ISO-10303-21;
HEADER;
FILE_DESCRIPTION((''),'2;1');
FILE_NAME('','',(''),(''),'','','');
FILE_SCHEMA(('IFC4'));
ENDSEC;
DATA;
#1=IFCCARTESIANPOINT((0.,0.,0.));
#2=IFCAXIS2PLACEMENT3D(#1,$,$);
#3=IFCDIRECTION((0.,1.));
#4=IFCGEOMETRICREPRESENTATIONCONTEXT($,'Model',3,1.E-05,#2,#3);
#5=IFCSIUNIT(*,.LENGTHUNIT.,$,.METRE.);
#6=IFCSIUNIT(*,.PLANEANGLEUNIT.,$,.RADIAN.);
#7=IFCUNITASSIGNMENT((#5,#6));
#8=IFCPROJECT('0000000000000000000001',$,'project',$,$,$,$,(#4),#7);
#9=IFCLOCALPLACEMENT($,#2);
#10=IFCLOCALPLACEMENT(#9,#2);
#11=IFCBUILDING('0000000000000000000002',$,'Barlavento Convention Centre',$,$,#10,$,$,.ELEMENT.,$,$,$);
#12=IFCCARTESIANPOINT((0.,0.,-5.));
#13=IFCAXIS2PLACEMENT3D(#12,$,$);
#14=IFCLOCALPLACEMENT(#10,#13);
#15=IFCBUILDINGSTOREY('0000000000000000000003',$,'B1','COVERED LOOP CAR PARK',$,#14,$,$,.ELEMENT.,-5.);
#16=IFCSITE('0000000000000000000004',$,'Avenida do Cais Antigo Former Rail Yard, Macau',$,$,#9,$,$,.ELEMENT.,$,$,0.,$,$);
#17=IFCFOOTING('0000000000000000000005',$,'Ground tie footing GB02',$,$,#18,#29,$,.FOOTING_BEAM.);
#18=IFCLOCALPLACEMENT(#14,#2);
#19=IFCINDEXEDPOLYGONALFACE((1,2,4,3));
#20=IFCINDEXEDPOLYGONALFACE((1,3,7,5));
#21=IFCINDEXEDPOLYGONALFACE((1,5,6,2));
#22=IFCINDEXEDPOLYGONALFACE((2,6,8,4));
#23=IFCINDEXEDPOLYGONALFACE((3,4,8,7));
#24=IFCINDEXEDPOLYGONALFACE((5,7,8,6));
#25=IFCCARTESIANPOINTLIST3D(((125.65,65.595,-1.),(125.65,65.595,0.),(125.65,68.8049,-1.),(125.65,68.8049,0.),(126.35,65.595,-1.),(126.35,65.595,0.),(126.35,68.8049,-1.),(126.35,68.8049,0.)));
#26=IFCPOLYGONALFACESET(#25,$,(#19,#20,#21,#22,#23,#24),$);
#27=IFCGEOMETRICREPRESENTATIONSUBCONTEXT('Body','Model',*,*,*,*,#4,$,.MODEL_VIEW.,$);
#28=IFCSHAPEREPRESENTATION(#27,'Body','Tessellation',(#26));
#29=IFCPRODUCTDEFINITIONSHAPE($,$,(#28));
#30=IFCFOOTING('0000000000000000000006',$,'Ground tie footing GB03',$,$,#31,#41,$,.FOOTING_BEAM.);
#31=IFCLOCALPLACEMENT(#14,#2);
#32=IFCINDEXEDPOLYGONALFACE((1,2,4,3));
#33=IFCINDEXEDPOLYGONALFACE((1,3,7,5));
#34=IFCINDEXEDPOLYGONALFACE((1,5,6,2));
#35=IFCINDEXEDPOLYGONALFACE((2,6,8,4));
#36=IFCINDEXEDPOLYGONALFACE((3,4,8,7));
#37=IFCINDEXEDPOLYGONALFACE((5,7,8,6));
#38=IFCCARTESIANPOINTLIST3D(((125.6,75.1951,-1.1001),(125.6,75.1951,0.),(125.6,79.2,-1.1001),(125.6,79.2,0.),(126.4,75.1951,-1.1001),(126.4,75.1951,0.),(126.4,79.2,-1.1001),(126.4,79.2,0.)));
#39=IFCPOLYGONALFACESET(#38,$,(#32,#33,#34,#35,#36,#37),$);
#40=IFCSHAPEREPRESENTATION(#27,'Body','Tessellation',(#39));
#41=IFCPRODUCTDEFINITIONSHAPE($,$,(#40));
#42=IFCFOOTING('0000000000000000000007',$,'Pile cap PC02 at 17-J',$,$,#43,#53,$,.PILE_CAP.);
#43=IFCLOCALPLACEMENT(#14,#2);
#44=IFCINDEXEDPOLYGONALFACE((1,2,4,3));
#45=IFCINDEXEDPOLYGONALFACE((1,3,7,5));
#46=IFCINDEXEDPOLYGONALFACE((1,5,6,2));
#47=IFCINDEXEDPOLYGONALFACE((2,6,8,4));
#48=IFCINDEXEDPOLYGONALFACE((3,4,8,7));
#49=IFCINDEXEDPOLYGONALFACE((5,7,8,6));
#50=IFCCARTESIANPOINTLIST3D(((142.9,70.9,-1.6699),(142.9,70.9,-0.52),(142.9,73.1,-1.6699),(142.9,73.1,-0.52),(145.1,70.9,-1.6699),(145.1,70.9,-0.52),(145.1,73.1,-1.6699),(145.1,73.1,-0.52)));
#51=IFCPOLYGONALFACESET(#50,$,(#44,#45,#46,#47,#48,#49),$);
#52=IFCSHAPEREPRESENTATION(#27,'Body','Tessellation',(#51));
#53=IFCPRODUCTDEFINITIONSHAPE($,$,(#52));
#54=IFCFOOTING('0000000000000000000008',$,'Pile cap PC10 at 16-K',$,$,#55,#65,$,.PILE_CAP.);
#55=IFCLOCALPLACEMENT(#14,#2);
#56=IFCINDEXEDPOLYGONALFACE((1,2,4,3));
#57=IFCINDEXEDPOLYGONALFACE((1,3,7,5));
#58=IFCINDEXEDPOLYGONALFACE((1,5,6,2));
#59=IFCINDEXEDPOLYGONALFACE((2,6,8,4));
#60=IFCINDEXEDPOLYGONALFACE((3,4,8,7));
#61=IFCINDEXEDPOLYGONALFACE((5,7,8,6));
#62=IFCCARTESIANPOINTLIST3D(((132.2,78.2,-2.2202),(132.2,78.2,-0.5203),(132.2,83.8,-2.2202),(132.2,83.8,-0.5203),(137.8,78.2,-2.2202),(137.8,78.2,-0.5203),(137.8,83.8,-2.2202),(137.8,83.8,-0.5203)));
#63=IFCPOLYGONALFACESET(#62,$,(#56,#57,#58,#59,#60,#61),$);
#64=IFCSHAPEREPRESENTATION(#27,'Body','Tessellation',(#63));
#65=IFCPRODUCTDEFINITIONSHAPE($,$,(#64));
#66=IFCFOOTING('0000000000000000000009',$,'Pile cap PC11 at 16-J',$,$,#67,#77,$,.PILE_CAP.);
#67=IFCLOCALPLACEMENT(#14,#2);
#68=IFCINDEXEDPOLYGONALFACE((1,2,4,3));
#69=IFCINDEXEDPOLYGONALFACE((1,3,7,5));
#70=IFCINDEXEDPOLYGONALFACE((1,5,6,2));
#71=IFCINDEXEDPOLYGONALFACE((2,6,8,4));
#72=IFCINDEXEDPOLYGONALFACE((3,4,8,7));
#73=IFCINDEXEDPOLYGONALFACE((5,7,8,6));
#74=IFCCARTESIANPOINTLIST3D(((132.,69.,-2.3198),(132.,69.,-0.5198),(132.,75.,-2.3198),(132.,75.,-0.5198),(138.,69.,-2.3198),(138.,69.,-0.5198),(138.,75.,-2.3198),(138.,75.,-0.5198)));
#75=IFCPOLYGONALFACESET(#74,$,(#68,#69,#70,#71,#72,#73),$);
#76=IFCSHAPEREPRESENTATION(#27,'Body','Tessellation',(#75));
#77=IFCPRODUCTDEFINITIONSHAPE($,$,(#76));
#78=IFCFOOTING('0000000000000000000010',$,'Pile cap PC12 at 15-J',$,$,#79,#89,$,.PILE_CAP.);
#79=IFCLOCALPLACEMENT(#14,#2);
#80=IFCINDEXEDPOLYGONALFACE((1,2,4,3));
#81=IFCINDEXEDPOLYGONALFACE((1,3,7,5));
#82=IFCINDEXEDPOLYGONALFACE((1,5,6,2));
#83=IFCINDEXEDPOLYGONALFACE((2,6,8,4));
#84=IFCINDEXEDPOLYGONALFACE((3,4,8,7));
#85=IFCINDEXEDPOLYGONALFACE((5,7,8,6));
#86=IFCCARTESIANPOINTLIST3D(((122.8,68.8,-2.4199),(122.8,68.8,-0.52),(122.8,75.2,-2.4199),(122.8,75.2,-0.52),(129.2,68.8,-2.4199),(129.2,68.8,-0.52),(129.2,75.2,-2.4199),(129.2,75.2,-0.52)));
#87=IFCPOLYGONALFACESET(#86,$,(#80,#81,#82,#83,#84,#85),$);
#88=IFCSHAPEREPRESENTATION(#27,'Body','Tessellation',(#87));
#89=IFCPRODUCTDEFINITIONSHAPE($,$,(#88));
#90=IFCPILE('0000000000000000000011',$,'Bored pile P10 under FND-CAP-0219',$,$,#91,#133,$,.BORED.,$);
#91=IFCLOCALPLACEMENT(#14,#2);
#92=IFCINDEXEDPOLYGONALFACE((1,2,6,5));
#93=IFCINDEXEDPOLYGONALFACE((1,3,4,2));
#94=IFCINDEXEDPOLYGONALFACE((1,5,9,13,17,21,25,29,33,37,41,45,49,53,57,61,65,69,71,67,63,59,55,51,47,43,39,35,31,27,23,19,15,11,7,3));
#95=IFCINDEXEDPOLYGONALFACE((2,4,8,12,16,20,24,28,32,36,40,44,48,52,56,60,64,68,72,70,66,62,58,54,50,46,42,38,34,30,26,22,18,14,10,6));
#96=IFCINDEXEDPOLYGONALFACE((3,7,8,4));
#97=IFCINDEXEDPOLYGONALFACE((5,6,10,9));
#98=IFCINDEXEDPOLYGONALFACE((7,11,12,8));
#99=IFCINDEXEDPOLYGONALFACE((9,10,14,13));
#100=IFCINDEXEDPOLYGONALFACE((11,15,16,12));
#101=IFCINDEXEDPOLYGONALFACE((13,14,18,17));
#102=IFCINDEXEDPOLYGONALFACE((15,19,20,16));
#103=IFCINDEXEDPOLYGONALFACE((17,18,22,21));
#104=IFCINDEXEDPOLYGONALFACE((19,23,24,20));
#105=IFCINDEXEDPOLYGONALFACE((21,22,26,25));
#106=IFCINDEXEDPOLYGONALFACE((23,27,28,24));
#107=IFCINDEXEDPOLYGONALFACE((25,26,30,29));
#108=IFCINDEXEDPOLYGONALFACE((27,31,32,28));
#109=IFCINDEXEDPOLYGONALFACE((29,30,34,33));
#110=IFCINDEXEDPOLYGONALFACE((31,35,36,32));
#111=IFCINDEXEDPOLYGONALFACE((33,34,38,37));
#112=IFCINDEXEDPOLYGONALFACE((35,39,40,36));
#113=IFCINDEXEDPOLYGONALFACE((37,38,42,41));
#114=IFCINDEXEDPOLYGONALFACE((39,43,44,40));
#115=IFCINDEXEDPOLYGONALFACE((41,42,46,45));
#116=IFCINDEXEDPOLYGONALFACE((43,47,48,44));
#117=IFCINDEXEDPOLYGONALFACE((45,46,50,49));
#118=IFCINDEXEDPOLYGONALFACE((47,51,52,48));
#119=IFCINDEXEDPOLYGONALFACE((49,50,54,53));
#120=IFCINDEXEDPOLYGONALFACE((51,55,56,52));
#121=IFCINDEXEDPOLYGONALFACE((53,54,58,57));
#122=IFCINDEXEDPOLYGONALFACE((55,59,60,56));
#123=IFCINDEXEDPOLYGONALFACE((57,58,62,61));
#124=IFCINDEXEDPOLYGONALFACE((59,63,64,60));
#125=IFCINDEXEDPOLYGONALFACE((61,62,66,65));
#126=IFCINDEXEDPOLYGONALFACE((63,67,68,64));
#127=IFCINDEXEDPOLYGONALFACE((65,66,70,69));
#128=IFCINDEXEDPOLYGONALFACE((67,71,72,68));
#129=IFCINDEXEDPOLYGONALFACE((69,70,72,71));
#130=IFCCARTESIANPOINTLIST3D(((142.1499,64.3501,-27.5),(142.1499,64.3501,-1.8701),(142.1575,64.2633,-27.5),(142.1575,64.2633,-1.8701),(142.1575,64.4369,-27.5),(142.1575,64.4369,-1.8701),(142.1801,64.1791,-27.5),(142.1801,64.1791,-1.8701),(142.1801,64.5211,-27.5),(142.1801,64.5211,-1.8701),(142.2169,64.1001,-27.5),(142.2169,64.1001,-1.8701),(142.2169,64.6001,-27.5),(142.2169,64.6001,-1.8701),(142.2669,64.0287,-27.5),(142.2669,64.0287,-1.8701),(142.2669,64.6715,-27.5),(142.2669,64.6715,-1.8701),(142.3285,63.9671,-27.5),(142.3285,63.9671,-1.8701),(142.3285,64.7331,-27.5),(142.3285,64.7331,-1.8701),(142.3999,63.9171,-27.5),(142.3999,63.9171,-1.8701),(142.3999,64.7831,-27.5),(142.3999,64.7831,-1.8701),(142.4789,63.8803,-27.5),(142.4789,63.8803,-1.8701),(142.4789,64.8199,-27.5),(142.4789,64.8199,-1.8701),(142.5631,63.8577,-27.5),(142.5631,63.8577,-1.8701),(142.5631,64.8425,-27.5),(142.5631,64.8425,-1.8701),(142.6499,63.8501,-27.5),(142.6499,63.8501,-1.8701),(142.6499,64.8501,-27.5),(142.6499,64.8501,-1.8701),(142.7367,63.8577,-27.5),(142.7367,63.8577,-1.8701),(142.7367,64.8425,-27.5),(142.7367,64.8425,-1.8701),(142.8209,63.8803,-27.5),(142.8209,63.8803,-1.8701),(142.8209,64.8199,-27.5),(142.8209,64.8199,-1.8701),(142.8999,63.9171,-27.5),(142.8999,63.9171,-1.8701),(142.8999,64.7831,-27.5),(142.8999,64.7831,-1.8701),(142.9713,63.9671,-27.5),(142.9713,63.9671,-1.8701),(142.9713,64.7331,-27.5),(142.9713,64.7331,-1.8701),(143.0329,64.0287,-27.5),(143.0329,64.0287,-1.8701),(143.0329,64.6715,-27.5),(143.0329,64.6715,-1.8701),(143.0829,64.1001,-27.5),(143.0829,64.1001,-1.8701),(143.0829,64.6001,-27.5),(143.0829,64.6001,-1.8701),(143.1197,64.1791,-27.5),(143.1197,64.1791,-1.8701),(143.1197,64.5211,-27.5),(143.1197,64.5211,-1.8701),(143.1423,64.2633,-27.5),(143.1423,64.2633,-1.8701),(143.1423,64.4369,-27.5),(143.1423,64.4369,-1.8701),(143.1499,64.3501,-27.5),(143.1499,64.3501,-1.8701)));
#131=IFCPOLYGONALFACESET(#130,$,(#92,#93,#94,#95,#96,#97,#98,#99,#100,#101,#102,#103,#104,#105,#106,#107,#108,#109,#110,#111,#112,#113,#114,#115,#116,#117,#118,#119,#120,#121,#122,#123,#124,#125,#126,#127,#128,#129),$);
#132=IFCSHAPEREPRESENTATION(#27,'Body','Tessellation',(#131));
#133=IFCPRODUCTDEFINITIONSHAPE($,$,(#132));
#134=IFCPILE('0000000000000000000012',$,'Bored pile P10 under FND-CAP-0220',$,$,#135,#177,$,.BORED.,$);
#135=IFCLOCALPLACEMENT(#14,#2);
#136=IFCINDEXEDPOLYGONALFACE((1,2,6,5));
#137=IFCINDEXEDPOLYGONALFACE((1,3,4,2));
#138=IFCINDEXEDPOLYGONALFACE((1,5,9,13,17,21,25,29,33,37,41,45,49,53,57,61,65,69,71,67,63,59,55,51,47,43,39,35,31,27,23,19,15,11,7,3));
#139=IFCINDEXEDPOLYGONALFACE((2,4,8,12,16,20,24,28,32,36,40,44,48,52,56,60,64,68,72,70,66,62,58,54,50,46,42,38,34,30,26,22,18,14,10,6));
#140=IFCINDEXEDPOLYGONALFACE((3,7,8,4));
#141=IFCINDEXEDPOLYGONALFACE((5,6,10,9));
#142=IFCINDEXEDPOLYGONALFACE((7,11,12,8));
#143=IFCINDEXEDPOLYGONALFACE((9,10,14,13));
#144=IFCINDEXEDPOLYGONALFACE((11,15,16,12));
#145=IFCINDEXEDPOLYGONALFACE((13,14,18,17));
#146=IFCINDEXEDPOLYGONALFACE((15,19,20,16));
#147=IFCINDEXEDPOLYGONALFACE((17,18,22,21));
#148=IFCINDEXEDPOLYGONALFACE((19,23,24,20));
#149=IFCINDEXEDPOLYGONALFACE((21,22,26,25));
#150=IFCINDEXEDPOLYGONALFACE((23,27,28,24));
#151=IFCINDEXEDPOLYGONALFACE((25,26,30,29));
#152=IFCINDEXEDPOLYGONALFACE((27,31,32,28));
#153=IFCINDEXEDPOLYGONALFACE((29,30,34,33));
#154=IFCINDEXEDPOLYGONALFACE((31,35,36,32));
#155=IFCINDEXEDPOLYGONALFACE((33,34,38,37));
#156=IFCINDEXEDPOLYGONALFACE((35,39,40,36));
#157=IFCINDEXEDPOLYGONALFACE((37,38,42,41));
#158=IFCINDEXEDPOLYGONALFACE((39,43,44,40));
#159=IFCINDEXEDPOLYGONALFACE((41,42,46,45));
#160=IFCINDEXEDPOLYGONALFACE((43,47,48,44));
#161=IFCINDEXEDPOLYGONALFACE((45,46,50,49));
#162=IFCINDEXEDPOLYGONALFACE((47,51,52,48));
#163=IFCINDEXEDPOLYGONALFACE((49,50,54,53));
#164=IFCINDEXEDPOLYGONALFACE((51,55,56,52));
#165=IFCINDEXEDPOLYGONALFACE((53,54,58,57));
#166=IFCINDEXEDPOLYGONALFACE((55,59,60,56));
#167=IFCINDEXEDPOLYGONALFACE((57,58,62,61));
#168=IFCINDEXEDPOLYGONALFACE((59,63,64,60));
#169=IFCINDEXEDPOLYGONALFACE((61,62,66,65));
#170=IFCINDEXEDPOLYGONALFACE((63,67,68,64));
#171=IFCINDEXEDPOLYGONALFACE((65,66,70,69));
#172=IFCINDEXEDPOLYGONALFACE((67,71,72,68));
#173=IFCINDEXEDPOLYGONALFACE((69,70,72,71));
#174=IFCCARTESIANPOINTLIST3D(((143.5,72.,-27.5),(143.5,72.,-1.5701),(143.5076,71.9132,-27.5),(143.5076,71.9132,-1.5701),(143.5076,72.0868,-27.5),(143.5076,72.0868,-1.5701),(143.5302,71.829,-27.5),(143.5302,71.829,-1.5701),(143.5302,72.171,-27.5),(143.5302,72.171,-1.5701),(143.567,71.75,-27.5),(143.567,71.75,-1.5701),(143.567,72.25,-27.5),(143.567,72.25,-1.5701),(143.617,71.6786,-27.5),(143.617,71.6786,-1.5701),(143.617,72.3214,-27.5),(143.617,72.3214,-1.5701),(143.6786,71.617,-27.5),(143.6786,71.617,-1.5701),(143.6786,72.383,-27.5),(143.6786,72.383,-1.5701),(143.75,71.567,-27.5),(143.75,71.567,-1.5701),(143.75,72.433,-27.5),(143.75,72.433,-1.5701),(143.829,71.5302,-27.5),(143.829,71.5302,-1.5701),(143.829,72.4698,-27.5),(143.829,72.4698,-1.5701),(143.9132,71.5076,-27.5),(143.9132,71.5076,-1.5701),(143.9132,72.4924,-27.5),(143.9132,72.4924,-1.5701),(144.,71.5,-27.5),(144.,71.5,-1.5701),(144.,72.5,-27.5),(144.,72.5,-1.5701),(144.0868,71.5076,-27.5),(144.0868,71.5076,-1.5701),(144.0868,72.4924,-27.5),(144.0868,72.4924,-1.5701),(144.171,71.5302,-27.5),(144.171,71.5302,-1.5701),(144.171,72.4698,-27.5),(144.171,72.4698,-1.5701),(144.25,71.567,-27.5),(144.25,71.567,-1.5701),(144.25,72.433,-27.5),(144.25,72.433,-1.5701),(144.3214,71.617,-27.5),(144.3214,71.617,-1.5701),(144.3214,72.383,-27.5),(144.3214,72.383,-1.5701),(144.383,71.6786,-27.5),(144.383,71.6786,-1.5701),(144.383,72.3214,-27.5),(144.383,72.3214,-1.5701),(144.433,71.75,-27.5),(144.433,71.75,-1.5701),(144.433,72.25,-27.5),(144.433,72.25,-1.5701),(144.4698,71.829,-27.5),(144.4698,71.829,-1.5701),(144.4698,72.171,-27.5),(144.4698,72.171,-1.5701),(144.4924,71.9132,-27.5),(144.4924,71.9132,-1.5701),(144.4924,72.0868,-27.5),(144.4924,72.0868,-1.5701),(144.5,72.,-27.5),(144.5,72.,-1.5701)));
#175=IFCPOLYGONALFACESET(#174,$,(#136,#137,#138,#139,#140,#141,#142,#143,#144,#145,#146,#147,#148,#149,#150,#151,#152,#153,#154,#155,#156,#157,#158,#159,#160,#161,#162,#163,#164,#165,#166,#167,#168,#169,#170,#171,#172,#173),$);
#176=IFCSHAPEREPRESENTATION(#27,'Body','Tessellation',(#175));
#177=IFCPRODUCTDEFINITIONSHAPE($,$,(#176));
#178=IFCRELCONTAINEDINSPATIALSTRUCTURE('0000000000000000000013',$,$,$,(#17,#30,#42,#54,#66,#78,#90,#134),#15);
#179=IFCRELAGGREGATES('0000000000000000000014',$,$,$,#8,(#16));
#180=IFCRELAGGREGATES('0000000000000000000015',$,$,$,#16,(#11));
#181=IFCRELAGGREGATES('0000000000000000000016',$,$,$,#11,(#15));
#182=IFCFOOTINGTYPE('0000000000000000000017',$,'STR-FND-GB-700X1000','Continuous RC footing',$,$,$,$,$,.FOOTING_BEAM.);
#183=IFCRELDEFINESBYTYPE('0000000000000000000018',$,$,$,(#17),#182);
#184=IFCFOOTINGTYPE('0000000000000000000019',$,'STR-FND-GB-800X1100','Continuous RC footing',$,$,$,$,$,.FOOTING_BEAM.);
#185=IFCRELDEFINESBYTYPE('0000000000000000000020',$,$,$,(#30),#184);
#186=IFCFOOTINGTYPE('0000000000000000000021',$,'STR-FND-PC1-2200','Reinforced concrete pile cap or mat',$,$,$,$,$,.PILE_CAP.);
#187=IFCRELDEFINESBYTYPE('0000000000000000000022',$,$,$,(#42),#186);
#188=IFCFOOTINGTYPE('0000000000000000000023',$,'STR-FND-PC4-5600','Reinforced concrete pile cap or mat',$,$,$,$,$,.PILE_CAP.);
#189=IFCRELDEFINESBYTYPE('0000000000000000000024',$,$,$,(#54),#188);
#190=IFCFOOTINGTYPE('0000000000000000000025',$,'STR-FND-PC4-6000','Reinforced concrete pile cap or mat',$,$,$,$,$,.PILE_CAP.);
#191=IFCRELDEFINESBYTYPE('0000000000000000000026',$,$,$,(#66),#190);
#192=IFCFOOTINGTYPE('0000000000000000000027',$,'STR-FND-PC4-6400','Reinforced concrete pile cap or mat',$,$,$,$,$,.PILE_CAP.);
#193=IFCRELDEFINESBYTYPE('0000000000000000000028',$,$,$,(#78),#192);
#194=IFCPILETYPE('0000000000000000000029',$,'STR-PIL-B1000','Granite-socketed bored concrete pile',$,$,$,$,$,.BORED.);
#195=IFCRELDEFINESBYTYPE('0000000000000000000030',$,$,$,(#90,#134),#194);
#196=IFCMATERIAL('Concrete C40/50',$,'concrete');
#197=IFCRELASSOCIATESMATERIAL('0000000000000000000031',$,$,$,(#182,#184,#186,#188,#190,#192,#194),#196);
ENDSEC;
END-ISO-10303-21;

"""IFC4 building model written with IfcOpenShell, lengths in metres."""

from ifc_helpers import new_model, si_unit, direction, frame, origin, origin_2d, place, context, subcontext, project, spatial, rectangle, circle, extrude, material, material_profile, profile_set, type_object, element, save


model = new_model("IFC4")

# Units and contexts
model_context = context("Model", 3, precision=1e-05, world=origin(), true_north=direction((0.0, 1.0)))
body_context = subcontext(model_context, "Body", "Model", "MODEL_VIEW")
ifc_project = project(units=[si_unit("LENGTHUNIT", "METRE"), si_unit("PLANEANGLEUNIT", "RADIAN")], contexts=[model_context])

# Site, building, storey
site_placement = place(None, origin())
site = spatial("IfcSite", under=ifc_project, at=site_placement, Name="Avenida do Cais Antigo Former Rail Yard, Macau", CompositionType="ELEMENT", RefElevation=0.0)
building_placement = place(site_placement, origin())
building = spatial("IfcBuilding", under=site, at=building_placement, Name="Barlavento Convention Centre", CompositionType="ELEMENT")
storey_placement = place(building_placement, frame((0.0, 0.0, -5.0)))
storey = spatial("IfcBuildingStorey", under=building, at=storey_placement, Name="B1", Description="COVERED LOOP CAR PARK", CompositionType="ELEMENT", Elevation=-5.0)

# Footings
ifc_material_1 = material(Name="Concrete C40/50", Category="concrete")
footing_type_1 = type_object("IfcFootingType", Name="STR-FND-GB-700X1000", Description="Continuous RC footing", PredefinedType="FOOTING_BEAM", material=ifc_material_1)
footing_1_placement = place(storey_placement, frame((126.0, 67.2, -1.0), z_axis=(0.0, 0.0, 1.0), x_axis=(1.0, 0.0, 0.0)))
element("IfcFooting", 1, at=footing_1_placement, inside=storey, type_object=footing_type_1, Name="Ground tie footing GB02", PredefinedType="FOOTING_BEAM", context=body_context, shape_type="SweptSolid", body=[
    extrude(rectangle(XDim=0.7, YDim=3.21, at=origin_2d()), origin(), (0.0, 0.0, 1.0), 1.0),
])
footing_type_2 = type_object("IfcFootingType", Name="STR-FND-GB-800X1100", Description="Continuous RC footing", PredefinedType="FOOTING_BEAM", material=ifc_material_1)
footing_2_placement = place(storey_placement, frame((126.0, 77.1975, -1.1001), z_axis=(0.0, 0.0, 1.0), x_axis=(1.0, 0.0, 0.0)))
element("IfcFooting", 2, at=footing_2_placement, inside=storey, type_object=footing_type_2, Name="Ground tie footing GB03", PredefinedType="FOOTING_BEAM", context=body_context, shape_type="SweptSolid", body=[
    extrude(rectangle(XDim=0.8, YDim=4.0049, at=origin_2d()), origin(), (0.0, 0.0, 1.0), 1.1001),
])
footing_type_3 = type_object("IfcFootingType", Name="STR-FND-PC1-2200", Description="Reinforced concrete pile cap or mat", PredefinedType="PILE_CAP", material=ifc_material_1)
footing_3_placement = place(storey_placement, frame((144.0, 72.0, -1.6699), z_axis=(0.0, 0.0, 1.0), x_axis=(1.0, 0.0, 0.0)))
element("IfcFooting", 3, at=footing_3_placement, inside=storey, type_object=footing_type_3, Name="Pile cap PC02 at 17-J", PredefinedType="PILE_CAP", context=body_context, shape_type="SweptSolid", body=[
    extrude(rectangle(XDim=2.2, YDim=2.2, at=origin_2d()), origin(), (0.0, 0.0, 1.0), 1.1499),
])
footing_type_4 = type_object("IfcFootingType", Name="STR-FND-PC4-5600", Description="Reinforced concrete pile cap or mat", PredefinedType="PILE_CAP", material=ifc_material_1)
footing_4_placement = place(storey_placement, frame((135.0, 81.0, -2.2202), z_axis=(0.0, 0.0, 1.0), x_axis=(1.0, 0.0, 0.0)))
element("IfcFooting", 4, at=footing_4_placement, inside=storey, type_object=footing_type_4, Name="Pile cap PC10 at 16-K", PredefinedType="PILE_CAP", context=body_context, shape_type="SweptSolid", body=[
    extrude(rectangle(XDim=5.6001, YDim=5.6001, at=origin_2d()), origin(), (0.0, 0.0, 1.0), 1.7),
])
footing_type_5 = type_object("IfcFootingType", Name="STR-FND-PC4-6000", Description="Reinforced concrete pile cap or mat", PredefinedType="PILE_CAP", material=ifc_material_1)
footing_5_placement = place(storey_placement, frame((135.0, 72.0, -2.3198), z_axis=(0.0, 0.0, 1.0), x_axis=(1.0, 0.0, 0.0)))
element("IfcFooting", 5, at=footing_5_placement, inside=storey, type_object=footing_type_5, Name="Pile cap PC11 at 16-J", PredefinedType="PILE_CAP", context=body_context, shape_type="SweptSolid", body=[
    extrude(rectangle(XDim=6.0, YDim=6.0, at=origin_2d()), origin(), (0.0, 0.0, 1.0), 1.8),
])
footing_type_6 = type_object("IfcFootingType", Name="STR-FND-PC4-6400", Description="Reinforced concrete pile cap or mat", PredefinedType="PILE_CAP", material=ifc_material_1)
footing_6_placement = place(storey_placement, frame((126.0, 72.0, -2.4199), z_axis=(0.0, 0.0, 1.0), x_axis=(1.0, 0.0, 0.0)))
element("IfcFooting", 6, at=footing_6_placement, inside=storey, type_object=footing_type_6, Name="Pile cap PC12 at 15-J", PredefinedType="PILE_CAP", context=body_context, shape_type="SweptSolid", body=[
    extrude(rectangle(XDim=6.3999, YDim=6.3999, at=origin_2d()), origin(), (0.0, 0.0, 1.0), 1.8999),
])

# Piles
ifc_material_profile_1 = material_profile(ifc_material_1, circle(Radius=0.5, at=origin_2d()), Name="BORED PILE 1000")
ifc_profile_set_1 = profile_set([ifc_material_profile_1], Name="Concrete C40/50")
pile_type_1 = type_object("IfcPileType", Name="STR-PIL-B1000", Description="Granite-socketed bored concrete pile", PredefinedType="BORED", material=ifc_profile_set_1)
pile_1_placement = place(storey_placement, frame((142.6499, 64.3501, -1.8701), z_axis=(0.0, 0.0, -1.0), x_axis=(1.0, 0.0, 0.0)))
element("IfcPile", 7, at=pile_1_placement, inside=storey, type_object=pile_type_1, Name="Bored pile P10 under FND-CAP-0219", PredefinedType="BORED", context=body_context, shape_type="SweptSolid", body=[
    extrude(circle(Radius=0.5, at=origin_2d()), origin(), (0.0, 0.0, 1.0), 25.6299),
])
pile_2_placement = place(storey_placement, frame((144.0, 72.0, -1.5701), z_axis=(0.0, 0.0, -1.0), x_axis=(1.0, 0.0, 0.0)))
element("IfcPile", 8, at=pile_2_placement, inside=storey, type_object=pile_type_1, Name="Bored pile P10 under FND-CAP-0220", PredefinedType="BORED", context=body_context, shape_type="SweptSolid", body=[
    extrude(circle(Radius=0.5, at=origin_2d()), origin(), (0.0, 0.0, 1.0), 25.9299),
])

save(model, "model.ifc")
